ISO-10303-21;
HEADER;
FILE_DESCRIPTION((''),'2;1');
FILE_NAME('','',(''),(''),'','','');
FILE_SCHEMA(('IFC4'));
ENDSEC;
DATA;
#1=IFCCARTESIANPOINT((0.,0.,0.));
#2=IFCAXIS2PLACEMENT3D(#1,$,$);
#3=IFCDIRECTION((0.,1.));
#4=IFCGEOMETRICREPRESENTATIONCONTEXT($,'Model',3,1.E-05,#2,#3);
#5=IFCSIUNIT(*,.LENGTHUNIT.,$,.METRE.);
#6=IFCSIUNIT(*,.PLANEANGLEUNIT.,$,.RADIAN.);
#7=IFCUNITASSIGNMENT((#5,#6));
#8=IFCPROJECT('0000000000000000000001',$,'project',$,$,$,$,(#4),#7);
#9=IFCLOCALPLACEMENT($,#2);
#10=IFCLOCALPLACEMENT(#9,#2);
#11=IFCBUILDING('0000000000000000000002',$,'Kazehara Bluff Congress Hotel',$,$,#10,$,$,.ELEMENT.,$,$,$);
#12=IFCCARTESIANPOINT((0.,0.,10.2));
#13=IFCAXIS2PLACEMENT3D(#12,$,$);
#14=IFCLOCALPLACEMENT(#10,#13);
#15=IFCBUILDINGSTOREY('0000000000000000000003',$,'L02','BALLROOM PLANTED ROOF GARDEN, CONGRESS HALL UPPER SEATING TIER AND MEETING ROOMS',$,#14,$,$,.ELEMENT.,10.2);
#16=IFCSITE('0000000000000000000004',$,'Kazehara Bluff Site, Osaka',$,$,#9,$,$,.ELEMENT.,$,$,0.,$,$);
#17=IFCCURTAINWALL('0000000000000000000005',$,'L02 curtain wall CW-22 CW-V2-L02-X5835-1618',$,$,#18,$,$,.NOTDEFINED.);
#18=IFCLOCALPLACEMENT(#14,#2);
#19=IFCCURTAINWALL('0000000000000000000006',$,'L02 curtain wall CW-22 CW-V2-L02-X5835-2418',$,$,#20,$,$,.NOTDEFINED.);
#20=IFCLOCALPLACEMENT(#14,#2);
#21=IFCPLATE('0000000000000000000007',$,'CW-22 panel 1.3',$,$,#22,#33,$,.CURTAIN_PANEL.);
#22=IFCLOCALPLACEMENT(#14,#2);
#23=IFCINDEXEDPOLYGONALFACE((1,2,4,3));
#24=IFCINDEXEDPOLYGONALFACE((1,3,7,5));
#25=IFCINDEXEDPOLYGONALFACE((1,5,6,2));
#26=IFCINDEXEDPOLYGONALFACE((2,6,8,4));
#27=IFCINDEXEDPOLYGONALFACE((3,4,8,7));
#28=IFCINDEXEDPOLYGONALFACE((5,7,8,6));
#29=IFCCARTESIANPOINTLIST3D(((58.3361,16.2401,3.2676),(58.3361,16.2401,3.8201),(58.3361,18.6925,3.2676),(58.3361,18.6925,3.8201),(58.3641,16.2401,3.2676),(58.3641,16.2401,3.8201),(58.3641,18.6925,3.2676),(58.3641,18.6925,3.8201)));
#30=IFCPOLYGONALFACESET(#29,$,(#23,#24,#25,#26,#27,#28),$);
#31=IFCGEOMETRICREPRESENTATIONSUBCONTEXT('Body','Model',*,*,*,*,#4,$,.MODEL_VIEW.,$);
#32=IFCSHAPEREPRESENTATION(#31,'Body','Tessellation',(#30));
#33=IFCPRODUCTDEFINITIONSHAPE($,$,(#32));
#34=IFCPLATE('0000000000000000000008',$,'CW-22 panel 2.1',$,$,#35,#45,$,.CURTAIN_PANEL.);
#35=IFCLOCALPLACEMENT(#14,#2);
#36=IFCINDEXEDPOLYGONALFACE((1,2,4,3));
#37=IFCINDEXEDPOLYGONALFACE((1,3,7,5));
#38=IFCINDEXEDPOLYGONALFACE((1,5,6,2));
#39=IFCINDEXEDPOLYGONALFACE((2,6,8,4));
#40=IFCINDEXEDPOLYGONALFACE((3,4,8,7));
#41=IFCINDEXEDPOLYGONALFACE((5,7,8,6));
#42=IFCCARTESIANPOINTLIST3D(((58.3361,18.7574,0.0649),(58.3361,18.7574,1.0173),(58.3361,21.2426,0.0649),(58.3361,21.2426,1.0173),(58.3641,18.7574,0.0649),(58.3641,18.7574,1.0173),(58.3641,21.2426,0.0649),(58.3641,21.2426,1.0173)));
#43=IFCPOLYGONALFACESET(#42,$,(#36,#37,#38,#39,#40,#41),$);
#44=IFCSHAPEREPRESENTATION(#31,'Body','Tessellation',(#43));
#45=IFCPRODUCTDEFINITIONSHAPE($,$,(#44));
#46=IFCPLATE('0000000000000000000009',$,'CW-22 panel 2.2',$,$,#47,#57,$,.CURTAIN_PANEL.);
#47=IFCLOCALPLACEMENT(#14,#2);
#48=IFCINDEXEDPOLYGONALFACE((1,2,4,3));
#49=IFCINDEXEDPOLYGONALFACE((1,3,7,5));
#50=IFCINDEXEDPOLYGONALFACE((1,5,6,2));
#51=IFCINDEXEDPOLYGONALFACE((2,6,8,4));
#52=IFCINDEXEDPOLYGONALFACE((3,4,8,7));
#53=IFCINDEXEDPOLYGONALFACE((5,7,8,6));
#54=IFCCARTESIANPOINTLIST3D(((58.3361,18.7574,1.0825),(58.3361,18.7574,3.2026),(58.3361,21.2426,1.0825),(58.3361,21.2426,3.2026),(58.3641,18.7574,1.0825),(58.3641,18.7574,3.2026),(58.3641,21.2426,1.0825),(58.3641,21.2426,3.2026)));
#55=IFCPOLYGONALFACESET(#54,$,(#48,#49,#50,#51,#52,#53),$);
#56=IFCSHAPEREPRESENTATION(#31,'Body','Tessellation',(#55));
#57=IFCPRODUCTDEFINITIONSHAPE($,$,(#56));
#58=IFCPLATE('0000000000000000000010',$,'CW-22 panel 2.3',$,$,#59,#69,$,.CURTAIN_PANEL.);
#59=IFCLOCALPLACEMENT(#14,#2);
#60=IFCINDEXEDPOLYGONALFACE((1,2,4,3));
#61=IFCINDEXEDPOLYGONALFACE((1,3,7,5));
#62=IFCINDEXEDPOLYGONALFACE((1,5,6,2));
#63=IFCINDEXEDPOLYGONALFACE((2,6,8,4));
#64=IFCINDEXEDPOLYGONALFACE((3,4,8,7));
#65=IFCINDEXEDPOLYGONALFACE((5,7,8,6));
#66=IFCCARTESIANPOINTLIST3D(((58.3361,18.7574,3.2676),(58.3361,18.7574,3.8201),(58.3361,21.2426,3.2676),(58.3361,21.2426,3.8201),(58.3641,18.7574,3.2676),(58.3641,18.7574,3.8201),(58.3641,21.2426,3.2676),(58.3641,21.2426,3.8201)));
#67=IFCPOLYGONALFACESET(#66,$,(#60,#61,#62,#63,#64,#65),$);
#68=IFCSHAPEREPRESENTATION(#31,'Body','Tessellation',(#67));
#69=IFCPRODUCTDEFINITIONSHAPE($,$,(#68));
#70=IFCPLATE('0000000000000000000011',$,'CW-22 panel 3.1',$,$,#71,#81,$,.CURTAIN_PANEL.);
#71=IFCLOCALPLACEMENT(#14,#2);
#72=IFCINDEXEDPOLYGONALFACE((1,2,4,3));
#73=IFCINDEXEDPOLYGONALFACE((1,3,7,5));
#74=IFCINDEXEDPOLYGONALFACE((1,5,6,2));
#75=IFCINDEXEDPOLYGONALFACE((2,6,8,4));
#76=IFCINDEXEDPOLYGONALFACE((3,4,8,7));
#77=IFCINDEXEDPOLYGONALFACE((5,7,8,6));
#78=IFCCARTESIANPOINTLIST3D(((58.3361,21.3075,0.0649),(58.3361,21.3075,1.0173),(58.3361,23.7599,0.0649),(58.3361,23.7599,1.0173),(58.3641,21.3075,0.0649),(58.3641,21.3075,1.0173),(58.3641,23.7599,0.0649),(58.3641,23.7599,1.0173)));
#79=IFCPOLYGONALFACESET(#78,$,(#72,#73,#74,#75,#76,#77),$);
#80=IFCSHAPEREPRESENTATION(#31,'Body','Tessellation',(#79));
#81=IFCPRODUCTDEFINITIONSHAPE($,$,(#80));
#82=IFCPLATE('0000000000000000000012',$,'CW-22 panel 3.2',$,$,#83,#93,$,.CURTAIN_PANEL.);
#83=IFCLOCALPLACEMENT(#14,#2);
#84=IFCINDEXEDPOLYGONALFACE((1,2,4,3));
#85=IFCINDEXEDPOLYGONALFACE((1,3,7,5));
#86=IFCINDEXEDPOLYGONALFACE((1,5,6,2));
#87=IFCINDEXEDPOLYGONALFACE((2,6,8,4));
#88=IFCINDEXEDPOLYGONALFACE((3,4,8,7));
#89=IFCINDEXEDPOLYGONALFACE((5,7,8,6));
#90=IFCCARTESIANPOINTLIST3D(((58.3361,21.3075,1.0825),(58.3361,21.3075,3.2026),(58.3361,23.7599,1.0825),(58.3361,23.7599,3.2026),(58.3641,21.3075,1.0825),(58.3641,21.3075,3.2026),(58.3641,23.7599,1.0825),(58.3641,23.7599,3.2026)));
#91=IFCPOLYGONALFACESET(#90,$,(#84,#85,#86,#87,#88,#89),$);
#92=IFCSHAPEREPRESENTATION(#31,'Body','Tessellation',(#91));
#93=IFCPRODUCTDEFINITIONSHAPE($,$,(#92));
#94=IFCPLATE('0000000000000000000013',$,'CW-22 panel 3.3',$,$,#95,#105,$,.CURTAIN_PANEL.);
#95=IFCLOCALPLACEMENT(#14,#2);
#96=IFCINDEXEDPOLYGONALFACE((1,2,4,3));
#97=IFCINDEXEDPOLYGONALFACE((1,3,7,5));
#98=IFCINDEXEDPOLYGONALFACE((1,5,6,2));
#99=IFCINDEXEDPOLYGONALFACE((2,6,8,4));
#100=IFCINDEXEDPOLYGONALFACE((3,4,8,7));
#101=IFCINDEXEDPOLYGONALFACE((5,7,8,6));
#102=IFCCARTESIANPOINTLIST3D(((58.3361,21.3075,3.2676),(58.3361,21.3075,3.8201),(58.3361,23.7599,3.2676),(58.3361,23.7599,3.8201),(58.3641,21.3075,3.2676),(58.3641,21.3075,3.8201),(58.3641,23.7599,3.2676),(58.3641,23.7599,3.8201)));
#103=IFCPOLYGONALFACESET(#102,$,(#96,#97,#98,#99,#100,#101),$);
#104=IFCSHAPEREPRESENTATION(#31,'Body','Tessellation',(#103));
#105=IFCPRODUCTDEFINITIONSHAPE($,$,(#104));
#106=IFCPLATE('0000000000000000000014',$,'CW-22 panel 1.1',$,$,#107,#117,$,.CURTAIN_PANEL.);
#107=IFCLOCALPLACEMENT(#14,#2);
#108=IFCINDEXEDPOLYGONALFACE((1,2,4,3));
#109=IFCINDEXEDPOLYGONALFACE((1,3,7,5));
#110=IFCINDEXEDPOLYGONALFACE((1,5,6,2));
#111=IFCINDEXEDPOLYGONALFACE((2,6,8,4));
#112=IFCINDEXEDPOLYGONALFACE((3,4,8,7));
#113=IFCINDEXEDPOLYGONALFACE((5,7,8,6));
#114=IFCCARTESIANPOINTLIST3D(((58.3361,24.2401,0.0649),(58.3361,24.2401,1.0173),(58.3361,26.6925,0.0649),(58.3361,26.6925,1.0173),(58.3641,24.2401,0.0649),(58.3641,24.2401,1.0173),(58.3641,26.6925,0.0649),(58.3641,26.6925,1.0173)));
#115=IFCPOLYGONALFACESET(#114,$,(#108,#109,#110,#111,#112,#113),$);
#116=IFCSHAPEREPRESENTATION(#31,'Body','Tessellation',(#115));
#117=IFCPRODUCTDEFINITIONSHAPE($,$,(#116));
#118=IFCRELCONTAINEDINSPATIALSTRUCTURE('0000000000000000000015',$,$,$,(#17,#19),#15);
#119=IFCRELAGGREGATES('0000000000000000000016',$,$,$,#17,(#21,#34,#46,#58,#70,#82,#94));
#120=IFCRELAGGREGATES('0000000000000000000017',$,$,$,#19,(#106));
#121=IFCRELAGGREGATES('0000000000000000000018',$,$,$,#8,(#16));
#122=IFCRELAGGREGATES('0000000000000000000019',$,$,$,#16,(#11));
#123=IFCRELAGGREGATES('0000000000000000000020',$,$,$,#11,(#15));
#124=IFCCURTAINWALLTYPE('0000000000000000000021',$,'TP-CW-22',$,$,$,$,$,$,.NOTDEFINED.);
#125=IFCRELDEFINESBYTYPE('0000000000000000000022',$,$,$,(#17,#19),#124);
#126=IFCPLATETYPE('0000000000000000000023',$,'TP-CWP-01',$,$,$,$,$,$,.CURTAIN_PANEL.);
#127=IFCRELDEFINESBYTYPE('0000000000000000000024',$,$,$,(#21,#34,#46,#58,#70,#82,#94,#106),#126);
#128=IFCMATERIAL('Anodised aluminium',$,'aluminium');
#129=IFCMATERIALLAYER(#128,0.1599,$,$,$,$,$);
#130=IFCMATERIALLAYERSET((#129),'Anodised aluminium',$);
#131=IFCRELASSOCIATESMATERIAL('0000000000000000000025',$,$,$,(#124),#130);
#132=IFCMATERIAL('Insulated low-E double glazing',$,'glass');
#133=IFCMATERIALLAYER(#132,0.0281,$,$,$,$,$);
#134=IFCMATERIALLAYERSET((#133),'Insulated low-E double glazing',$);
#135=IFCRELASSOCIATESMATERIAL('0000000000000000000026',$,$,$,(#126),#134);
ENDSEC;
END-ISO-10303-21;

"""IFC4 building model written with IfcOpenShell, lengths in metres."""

from ifc_helpers import new_model, si_unit, direction, frame, origin, origin_2d, place, context, subcontext, project, spatial, rectangle, extrude, material, layer, layer_set, type_object, element, aggregate, save


model = new_model("IFC4")

# Units and contexts
model_context = context("Model", 3, precision=1e-05, world=origin(), true_north=direction((0.0, 1.0)))
body_context = subcontext(model_context, "Body", "Model", "MODEL_VIEW")
ifc_project = project(units=[si_unit("LENGTHUNIT", "METRE"), si_unit("PLANEANGLEUNIT", "RADIAN")], contexts=[model_context])

# Site, building, storey
site_placement = place(None, origin())
site = spatial("IfcSite", under=ifc_project, at=site_placement, Name="Kazehara Bluff Site, Osaka", CompositionType="ELEMENT", RefElevation=0.0)
building_placement = place(site_placement, origin())
building = spatial("IfcBuilding", under=site, at=building_placement, Name="Kazehara Bluff Congress Hotel", CompositionType="ELEMENT")
storey_placement = place(building_placement, frame((0.0, 0.0, 10.2)))
storey = spatial("IfcBuildingStorey", under=building, at=storey_placement, Name="L02", Description="BALLROOM PLANTED ROOF GARDEN, CONGRESS HALL UPPER SEATING TIER AND MEETING ROOMS", CompositionType="ELEMENT", Elevation=10.2)

# Curtain wall
ifc_material_1 = material(Name="Anodised aluminium", Category="aluminium")
ifc_layer_1 = layer(ifc_material_1, 0.1599)
ifc_layer_set_1 = layer_set([ifc_layer_1], Name="Anodised aluminium")
curtain_wall_type = type_object("IfcCurtainWallType", Name="TP-CW-22", PredefinedType="NOTDEFINED", material=ifc_layer_set_1)
curtain_wall_1_placement = place(storey_placement, origin())
curtain_wall_1 = element("IfcCurtainWall", 1, at=curtain_wall_1_placement, inside=storey, type_object=curtain_wall_type, Name="L02 curtain wall CW-22 CW-V2-L02-X5835-1618", PredefinedType="NOTDEFINED")

# Curtain wall
curtain_wall_2_placement = place(storey_placement, origin())
curtain_wall_2 = element("IfcCurtainWall", 2, at=curtain_wall_2_placement, inside=storey, type_object=curtain_wall_type, Name="L02 curtain wall CW-22 CW-V2-L02-X5835-2418", PredefinedType="NOTDEFINED")

# Plates
ifc_material_2 = material(Name="Insulated low-E double glazing", Category="glass")
ifc_layer_2 = layer(ifc_material_2, 0.0281)
ifc_layer_set_2 = layer_set([ifc_layer_2], Name="Insulated low-E double glazing")
plate_type = type_object("IfcPlateType", Name="TP-CWP-01", PredefinedType="CURTAIN_PANEL", material=ifc_layer_set_2)
plate_1_placement = place(storey_placement, frame((58.3501, 17.4663, 3.2676), z_axis=(0.0, 0.0, 1.0), x_axis=(0.0, 1.0, 0.0)))
plate_1 = element("IfcPlate", 3, at=plate_1_placement, type_object=plate_type, Name="CW-22 panel 1.3", PredefinedType="CURTAIN_PANEL", context=body_context, shape_type="SweptSolid", body=[
    extrude(rectangle(XDim=2.4524, YDim=0.0281, at=origin_2d()), origin(), (0.0, 0.0, 1.0), 0.5525),
])
plate_2_placement = place(storey_placement, frame((58.3501, 20.0, 0.0649), z_axis=(0.0, 0.0, 1.0), x_axis=(0.0, 1.0, 0.0)))
plate_2 = element("IfcPlate", 4, at=plate_2_placement, type_object=plate_type, Name="CW-22 panel 2.1", PredefinedType="CURTAIN_PANEL", context=body_context, shape_type="SweptSolid", body=[
    extrude(rectangle(XDim=2.4851, YDim=0.0281, at=origin_2d()), origin(), (0.0, 0.0, 1.0), 0.9524),
])
plate_3_placement = place(storey_placement, frame((58.3501, 20.0, 1.0825), z_axis=(0.0, 0.0, 1.0), x_axis=(0.0, 1.0, 0.0)))
plate_3 = element("IfcPlate", 5, at=plate_3_placement, type_object=plate_type, Name="CW-22 panel 2.2", PredefinedType="CURTAIN_PANEL", context=body_context, shape_type="SweptSolid", body=[
    extrude(rectangle(XDim=2.4851, YDim=0.0281, at=origin_2d()), origin(), (0.0, 0.0, 1.0), 2.1201),
])
plate_4_placement = place(storey_placement, frame((58.3501, 20.0, 3.2676), z_axis=(0.0, 0.0, 1.0), x_axis=(0.0, 1.0, 0.0)))
plate_4 = element("IfcPlate", 6, at=plate_4_placement, type_object=plate_type, Name="CW-22 panel 2.3", PredefinedType="CURTAIN_PANEL", context=body_context, shape_type="SweptSolid", body=[
    extrude(rectangle(XDim=2.4851, YDim=0.0281, at=origin_2d()), origin(), (0.0, 0.0, 1.0), 0.5525),
])
plate_5_placement = place(storey_placement, frame((58.3501, 22.5337, 0.0649), z_axis=(0.0, 0.0, 1.0), x_axis=(0.0, 1.0, 0.0)))
plate_5 = element("IfcPlate", 7, at=plate_5_placement, type_object=plate_type, Name="CW-22 panel 3.1", PredefinedType="CURTAIN_PANEL", context=body_context, shape_type="SweptSolid", body=[
    extrude(rectangle(XDim=2.4524, YDim=0.0281, at=origin_2d()), origin(), (0.0, 0.0, 1.0), 0.9524),
])
plate_6_placement = place(storey_placement, frame((58.3501, 22.5337, 1.0825), z_axis=(0.0, 0.0, 1.0), x_axis=(0.0, 1.0, 0.0)))
plate_6 = element("IfcPlate", 8, at=plate_6_placement, type_object=plate_type, Name="CW-22 panel 3.2", PredefinedType="CURTAIN_PANEL", context=body_context, shape_type="SweptSolid", body=[
    extrude(rectangle(XDim=2.4524, YDim=0.0281, at=origin_2d()), origin(), (0.0, 0.0, 1.0), 2.1201),
])
plate_7_placement = place(storey_placement, frame((58.3501, 22.5337, 3.2676), z_axis=(0.0, 0.0, 1.0), x_axis=(0.0, 1.0, 0.0)))
plate_7 = element("IfcPlate", 9, at=plate_7_placement, type_object=plate_type, Name="CW-22 panel 3.3", PredefinedType="CURTAIN_PANEL", context=body_context, shape_type="SweptSolid", body=[
    extrude(rectangle(XDim=2.4524, YDim=0.0281, at=origin_2d()), origin(), (0.0, 0.0, 1.0), 0.5525),
])
aggregate(curtain_wall_1, [plate_1, plate_2, plate_3, plate_4, plate_5, plate_6, plate_7])
plate_8_placement = place(storey_placement, frame((58.3501, 25.4663, 0.0649), z_axis=(0.0, 0.0, 1.0), x_axis=(0.0, 1.0, 0.0)))
plate_8 = element("IfcPlate", 10, at=plate_8_placement, type_object=plate_type, Name="CW-22 panel 1.1", PredefinedType="CURTAIN_PANEL", context=body_context, shape_type="SweptSolid", body=[
    extrude(rectangle(XDim=2.4524, YDim=0.0281, at=origin_2d()), origin(), (0.0, 0.0, 1.0), 0.9524),
])
aggregate(curtain_wall_2, [plate_8])

save(model, "model.ifc")
